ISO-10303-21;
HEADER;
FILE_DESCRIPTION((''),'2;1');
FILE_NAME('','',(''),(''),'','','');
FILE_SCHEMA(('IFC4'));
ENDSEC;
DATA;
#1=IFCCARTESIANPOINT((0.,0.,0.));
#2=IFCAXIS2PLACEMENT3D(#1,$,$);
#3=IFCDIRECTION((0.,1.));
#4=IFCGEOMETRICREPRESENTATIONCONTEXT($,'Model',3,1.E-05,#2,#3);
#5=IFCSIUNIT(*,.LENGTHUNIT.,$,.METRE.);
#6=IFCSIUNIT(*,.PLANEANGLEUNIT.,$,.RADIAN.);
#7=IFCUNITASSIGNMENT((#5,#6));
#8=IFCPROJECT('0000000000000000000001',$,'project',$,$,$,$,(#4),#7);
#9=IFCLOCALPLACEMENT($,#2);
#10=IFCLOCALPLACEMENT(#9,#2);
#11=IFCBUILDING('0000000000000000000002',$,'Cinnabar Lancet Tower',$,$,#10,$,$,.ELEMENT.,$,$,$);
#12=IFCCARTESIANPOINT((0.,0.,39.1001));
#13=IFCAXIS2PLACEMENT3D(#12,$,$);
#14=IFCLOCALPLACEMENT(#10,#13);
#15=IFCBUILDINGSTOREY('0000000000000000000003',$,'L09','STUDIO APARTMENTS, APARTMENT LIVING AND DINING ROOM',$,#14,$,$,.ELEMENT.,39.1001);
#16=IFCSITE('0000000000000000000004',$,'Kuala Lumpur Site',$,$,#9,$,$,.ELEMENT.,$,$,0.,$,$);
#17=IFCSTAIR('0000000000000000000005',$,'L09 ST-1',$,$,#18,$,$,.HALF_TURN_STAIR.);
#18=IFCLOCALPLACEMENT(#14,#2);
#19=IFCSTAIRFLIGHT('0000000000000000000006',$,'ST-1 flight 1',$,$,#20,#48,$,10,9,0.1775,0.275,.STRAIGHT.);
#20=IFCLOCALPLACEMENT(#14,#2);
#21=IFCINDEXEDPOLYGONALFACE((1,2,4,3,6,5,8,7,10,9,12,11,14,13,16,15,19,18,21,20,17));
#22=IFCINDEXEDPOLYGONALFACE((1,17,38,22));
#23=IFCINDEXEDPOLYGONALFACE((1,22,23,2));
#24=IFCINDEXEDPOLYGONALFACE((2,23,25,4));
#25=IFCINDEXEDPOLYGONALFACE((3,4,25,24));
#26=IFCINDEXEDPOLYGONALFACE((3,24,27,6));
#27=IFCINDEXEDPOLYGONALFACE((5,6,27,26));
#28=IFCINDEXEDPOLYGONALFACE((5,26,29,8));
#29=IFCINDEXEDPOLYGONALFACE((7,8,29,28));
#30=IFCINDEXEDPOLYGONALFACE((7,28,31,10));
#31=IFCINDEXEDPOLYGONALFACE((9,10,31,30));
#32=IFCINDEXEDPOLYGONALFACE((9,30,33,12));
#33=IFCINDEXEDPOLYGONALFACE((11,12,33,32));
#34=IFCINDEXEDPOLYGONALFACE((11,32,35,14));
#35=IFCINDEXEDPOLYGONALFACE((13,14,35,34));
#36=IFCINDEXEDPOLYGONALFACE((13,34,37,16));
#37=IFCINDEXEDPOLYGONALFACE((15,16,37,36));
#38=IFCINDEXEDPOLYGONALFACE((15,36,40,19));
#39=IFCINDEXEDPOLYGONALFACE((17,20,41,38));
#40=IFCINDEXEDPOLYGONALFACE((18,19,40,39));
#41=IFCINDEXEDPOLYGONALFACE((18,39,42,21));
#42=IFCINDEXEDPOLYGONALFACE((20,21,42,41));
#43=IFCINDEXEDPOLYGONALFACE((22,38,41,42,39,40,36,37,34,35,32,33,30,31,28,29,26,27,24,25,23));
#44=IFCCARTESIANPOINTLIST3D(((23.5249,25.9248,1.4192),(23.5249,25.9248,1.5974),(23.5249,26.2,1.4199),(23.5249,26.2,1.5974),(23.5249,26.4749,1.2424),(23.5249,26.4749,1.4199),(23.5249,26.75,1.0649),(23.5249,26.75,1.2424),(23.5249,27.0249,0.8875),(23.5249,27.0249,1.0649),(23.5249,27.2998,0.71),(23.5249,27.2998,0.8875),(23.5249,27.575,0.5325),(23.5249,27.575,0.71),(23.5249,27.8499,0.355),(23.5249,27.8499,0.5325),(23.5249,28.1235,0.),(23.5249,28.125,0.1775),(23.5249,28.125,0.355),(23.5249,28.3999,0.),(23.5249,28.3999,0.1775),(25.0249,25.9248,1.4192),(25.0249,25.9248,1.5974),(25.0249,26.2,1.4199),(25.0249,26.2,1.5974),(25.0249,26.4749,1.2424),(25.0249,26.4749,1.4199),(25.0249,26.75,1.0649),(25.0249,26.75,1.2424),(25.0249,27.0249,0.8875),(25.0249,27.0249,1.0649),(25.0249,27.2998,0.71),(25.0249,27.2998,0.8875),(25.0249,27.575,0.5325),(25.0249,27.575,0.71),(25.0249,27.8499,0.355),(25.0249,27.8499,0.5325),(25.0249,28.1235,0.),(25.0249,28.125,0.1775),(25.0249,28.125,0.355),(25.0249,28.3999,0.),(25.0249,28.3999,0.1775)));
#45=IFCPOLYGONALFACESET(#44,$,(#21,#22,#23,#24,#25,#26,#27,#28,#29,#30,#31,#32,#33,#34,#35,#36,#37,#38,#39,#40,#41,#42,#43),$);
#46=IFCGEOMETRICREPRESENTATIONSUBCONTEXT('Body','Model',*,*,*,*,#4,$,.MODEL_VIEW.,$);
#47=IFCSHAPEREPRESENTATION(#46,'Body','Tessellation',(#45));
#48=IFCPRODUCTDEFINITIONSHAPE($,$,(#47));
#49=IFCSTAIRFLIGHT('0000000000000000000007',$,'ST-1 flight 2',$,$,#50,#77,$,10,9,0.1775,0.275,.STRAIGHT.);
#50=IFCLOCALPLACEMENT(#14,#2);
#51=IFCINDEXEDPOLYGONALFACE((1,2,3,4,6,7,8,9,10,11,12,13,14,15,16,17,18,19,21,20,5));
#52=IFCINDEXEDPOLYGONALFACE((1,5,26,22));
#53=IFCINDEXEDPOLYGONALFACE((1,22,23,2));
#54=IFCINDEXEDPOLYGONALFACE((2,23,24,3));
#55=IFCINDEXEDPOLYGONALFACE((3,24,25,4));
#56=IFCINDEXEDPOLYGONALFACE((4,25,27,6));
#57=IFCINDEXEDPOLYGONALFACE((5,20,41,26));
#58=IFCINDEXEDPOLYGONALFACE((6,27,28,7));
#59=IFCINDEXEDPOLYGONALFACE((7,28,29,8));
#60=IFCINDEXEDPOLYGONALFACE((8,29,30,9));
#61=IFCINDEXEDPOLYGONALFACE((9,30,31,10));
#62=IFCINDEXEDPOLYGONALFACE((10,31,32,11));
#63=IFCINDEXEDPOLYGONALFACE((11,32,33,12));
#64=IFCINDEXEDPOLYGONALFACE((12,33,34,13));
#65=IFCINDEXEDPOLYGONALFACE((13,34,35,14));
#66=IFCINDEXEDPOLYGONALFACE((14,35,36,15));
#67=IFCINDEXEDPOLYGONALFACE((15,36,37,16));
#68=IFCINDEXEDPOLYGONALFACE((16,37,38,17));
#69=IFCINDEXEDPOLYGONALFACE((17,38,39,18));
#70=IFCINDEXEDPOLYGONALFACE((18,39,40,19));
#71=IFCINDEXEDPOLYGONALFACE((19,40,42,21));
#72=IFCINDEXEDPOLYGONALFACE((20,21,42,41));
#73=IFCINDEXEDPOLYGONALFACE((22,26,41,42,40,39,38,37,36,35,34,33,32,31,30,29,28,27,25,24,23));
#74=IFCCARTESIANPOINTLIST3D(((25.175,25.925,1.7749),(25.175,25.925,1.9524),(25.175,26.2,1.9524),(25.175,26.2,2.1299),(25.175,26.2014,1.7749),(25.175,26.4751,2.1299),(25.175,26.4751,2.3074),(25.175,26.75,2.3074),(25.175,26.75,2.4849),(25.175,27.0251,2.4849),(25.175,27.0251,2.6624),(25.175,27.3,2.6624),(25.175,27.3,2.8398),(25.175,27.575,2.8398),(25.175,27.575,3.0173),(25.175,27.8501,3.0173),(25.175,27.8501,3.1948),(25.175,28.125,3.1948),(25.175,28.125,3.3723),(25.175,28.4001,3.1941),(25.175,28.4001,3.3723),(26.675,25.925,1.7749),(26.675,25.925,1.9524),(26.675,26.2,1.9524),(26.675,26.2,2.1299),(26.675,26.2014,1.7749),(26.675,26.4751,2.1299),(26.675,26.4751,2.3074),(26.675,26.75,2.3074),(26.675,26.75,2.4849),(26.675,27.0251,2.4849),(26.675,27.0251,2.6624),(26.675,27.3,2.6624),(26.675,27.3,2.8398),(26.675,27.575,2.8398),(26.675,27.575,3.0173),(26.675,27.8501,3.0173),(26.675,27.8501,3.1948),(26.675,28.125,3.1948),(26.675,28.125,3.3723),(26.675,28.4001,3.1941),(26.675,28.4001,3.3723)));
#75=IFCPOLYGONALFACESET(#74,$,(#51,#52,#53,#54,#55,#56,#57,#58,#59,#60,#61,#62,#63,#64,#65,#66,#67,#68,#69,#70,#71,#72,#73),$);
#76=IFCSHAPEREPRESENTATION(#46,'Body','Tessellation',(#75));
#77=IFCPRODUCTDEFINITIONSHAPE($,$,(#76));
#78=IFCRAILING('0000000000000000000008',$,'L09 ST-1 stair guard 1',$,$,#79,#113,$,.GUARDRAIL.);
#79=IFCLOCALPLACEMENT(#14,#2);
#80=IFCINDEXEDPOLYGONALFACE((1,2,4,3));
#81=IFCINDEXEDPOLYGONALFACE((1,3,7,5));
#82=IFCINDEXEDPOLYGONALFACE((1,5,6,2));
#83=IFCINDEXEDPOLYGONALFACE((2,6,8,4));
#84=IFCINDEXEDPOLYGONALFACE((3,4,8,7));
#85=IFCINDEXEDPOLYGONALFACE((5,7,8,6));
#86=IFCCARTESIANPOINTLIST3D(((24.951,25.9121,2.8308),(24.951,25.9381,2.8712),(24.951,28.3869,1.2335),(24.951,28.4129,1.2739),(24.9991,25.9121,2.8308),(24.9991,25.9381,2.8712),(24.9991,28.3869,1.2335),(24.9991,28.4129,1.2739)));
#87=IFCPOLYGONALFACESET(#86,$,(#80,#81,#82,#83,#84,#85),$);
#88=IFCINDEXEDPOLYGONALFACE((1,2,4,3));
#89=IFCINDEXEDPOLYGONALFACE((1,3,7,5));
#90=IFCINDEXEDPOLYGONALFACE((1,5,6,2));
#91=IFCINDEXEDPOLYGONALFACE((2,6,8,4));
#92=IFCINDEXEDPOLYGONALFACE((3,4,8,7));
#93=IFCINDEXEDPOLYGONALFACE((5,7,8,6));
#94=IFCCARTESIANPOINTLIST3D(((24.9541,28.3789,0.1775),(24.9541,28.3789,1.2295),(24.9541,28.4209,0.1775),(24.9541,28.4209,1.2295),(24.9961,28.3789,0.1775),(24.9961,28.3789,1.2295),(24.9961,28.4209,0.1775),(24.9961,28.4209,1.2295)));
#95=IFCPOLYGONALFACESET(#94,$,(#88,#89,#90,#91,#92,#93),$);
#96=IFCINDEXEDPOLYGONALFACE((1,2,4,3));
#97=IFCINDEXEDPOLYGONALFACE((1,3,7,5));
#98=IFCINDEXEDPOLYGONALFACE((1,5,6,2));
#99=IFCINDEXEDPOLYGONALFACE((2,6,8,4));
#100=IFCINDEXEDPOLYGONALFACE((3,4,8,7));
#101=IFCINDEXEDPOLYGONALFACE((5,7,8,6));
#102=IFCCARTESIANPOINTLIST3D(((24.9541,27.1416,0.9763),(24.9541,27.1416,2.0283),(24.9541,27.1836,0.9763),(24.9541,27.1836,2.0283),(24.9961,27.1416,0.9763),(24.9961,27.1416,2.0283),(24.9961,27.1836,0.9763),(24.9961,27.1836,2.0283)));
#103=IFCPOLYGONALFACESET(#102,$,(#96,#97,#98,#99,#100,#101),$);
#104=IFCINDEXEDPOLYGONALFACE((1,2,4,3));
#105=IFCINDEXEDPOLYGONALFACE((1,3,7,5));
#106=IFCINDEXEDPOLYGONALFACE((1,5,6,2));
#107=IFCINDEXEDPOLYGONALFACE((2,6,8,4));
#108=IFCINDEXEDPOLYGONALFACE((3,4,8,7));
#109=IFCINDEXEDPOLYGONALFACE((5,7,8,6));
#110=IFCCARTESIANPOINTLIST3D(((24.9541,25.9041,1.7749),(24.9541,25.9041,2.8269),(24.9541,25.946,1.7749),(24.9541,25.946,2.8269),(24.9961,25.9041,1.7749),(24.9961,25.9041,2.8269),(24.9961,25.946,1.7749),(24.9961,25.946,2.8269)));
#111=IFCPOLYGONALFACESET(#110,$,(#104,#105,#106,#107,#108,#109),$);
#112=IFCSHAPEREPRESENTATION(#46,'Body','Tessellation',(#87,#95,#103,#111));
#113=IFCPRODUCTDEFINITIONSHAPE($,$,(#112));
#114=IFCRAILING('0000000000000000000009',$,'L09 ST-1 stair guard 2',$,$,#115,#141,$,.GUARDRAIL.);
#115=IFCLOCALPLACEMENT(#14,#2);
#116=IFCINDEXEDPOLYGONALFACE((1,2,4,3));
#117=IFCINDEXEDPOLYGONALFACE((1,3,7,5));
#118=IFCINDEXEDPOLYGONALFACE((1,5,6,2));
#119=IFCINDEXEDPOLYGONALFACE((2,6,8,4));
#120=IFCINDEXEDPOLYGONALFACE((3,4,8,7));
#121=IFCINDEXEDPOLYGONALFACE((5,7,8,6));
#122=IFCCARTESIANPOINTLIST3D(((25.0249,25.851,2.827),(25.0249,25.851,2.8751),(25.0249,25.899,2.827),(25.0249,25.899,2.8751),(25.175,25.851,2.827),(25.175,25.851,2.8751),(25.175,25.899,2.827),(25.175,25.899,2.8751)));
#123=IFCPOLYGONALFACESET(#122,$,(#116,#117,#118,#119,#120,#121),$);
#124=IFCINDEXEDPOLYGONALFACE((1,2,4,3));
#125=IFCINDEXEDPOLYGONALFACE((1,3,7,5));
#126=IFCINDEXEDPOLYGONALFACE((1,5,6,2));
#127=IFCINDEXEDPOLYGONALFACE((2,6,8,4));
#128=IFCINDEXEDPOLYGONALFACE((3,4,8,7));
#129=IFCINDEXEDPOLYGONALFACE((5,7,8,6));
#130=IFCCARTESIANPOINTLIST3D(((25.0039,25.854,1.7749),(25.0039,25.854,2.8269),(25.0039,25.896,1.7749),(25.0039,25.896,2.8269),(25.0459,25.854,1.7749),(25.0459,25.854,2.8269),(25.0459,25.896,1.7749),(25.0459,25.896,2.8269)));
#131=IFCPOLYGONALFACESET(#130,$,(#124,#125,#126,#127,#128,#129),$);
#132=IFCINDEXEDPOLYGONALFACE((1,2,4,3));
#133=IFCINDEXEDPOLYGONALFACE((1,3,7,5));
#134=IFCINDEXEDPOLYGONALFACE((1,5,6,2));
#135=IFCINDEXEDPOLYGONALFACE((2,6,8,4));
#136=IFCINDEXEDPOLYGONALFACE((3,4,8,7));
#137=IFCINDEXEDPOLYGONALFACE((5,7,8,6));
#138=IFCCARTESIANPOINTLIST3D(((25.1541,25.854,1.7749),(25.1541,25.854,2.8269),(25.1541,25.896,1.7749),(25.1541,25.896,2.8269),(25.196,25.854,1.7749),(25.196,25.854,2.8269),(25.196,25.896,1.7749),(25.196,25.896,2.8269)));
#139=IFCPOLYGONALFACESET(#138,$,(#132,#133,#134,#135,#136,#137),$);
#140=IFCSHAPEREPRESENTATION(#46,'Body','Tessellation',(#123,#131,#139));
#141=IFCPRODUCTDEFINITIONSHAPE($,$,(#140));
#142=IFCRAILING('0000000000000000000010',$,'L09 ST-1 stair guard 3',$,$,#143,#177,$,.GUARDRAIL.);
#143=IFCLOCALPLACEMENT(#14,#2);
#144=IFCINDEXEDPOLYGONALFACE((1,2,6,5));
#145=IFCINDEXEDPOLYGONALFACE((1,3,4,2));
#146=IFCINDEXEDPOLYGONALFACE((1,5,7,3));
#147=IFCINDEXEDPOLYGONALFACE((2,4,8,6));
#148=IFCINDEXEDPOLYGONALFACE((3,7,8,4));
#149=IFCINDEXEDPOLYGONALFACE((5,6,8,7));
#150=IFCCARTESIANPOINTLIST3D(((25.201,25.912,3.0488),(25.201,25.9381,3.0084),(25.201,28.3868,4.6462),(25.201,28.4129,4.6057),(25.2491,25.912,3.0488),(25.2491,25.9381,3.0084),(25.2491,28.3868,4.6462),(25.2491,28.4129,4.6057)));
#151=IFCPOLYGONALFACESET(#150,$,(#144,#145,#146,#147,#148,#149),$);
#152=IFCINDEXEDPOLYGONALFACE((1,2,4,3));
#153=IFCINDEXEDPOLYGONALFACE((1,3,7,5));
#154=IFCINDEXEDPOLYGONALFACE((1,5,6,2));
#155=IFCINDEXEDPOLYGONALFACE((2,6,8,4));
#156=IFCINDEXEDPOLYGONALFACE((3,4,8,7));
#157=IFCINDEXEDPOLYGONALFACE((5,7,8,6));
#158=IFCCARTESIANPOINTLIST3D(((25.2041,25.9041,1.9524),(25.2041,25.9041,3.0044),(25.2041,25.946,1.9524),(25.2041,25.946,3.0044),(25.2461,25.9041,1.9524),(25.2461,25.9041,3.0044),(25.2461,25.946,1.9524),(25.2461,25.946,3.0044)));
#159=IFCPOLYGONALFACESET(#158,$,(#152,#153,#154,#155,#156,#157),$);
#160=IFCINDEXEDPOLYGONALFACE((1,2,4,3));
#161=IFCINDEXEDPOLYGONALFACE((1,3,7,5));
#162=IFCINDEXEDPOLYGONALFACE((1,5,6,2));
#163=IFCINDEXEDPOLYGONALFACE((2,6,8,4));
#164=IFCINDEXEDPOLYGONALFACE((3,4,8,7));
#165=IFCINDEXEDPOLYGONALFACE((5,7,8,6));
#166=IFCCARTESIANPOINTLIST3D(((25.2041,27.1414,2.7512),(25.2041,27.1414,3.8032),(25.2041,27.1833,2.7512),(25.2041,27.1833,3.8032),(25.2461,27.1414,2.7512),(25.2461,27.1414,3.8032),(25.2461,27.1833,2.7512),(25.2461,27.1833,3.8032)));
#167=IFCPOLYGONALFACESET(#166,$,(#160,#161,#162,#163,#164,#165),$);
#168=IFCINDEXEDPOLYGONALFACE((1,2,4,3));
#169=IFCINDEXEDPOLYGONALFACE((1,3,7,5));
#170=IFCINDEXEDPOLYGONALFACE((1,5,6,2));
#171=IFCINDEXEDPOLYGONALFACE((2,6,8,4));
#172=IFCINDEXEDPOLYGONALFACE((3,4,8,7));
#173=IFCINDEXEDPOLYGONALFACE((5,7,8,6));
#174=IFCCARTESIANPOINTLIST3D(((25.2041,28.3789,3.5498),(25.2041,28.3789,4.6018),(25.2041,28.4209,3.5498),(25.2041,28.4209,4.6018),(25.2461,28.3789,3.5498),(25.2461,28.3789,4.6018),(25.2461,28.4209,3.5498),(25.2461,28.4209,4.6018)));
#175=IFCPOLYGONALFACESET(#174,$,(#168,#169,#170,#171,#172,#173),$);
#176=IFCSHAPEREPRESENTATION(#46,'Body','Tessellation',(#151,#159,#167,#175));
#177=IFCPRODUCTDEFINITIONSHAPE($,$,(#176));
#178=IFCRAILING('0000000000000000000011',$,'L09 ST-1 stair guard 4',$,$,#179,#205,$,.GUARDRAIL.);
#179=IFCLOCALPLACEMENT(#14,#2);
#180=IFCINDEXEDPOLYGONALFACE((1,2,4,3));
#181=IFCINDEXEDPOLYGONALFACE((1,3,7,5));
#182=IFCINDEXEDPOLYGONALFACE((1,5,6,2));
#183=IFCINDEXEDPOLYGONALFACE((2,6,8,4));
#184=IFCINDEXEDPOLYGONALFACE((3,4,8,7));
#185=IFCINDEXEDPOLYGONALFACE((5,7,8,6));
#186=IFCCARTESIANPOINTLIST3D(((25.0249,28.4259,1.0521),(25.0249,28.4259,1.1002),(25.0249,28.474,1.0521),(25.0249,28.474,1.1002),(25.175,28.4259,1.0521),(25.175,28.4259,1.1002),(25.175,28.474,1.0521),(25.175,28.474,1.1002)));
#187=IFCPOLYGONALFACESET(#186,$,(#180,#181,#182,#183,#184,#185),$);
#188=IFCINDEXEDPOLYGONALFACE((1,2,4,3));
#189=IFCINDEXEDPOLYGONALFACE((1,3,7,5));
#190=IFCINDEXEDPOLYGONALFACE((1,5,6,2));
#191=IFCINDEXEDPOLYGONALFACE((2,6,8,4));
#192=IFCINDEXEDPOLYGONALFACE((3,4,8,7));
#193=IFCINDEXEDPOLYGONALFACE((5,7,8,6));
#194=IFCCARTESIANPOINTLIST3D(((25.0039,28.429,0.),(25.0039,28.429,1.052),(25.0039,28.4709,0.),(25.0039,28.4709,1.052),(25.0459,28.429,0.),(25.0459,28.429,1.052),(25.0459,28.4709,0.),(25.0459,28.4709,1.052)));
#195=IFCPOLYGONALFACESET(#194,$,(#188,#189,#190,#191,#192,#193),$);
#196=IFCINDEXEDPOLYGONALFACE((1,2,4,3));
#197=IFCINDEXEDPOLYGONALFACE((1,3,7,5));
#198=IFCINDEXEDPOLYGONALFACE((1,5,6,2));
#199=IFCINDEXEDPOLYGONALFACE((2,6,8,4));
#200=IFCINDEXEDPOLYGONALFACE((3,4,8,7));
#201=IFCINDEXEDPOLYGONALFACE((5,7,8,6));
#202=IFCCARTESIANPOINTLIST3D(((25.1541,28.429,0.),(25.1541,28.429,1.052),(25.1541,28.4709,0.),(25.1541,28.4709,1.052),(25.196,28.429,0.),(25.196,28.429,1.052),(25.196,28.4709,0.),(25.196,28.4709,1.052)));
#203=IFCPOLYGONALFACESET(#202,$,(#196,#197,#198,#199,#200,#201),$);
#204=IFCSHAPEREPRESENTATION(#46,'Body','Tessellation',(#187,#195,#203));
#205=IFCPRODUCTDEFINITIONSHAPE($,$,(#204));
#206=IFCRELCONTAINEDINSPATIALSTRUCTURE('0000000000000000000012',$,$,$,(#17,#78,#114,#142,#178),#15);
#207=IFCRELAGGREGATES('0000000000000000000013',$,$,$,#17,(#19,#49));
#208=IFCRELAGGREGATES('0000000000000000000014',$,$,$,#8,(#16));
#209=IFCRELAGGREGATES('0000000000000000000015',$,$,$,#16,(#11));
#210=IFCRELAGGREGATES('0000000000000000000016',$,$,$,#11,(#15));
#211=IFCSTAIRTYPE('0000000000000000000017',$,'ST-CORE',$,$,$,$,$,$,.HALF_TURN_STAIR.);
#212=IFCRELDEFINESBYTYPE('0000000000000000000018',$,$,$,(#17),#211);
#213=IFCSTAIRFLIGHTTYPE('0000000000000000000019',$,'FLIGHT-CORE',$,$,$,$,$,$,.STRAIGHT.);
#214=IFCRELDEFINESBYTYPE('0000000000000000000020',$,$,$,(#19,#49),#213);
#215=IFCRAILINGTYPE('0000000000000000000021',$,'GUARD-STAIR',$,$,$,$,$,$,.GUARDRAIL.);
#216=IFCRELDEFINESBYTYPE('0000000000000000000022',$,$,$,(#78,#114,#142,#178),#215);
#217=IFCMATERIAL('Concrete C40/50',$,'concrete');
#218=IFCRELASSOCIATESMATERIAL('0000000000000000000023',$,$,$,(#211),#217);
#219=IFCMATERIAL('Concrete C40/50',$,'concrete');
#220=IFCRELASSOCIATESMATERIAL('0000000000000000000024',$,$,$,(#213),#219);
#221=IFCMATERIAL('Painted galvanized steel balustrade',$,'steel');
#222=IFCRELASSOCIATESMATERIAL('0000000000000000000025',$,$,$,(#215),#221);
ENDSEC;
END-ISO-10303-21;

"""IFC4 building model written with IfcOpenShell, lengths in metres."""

from ifc_helpers import new_model, si_unit, direction, frame, origin, origin_2d, place, context, subcontext, project, spatial, polyline, rectangle, outline, extrude, material, type_object, element, aggregate, save


model = new_model("IFC4")

# Units and contexts
model_context = context("Model", 3, precision=1e-05, world=origin(), true_north=direction((0.0, 1.0)))
body_context = subcontext(model_context, "Body", "Model", "MODEL_VIEW")
ifc_project = project(units=[si_unit("LENGTHUNIT", "METRE"), si_unit("PLANEANGLEUNIT", "RADIAN")], contexts=[model_context])

# Site, building, storey
site_placement = place(None, origin())
site = spatial("IfcSite", under=ifc_project, at=site_placement, Name="Kuala Lumpur Site", CompositionType="ELEMENT", RefElevation=0.0)
building_placement = place(site_placement, origin())
building = spatial("IfcBuilding", under=site, at=building_placement, Name="Cinnabar Lancet Tower", CompositionType="ELEMENT")
storey_placement = place(building_placement, frame((0.0, 0.0, 39.1001)))
storey = spatial("IfcBuildingStorey", under=building, at=storey_placement, Name="L09", Description="STUDIO APARTMENTS, APARTMENT LIVING AND DINING ROOM", CompositionType="ELEMENT", Elevation=39.1001)

# Stair, stair flights
ifc_material_1 = material(Name="Concrete C40/50", Category="concrete")
stair_type = type_object("IfcStairType", Name="ST-CORE", PredefinedType="HALF_TURN_STAIR", material=ifc_material_1)
stair_placement = place(storey_placement, origin())
stair = element("IfcStair", 1, at=stair_placement, inside=storey, type_object=stair_type, Name="L09 ST-1", PredefinedType="HALF_TURN_STAIR")
ifc_material_2 = material(Name="Concrete C40/50", Category="concrete")
stair_flight_type = type_object("IfcStairFlightType", Name="FLIGHT-CORE", PredefinedType="STRAIGHT", material=ifc_material_2)
stair_flight_1_placement = place(storey_placement, frame((24.2749, 28.3999, 0.0), z_axis=(0.0, 0.0, 1.0), x_axis=(0.0, -1.0, 0.0)))
stair_flight_1 = element("IfcStairFlight", 2, at=stair_flight_1_placement, type_object=stair_flight_type, Name="ST-1 flight 1", NumberOfRisers=10, NumberOfTreads=9, PredefinedType="STRAIGHT", RiserHeight=0.1775, TreadLength=0.275, context=body_context, shape_type="SweptSolid", body=[
    extrude(outline(polyline([(0.0, 0.0), (0.0, 0.1775), (0.2749, 0.1775), (0.2749, 0.355), (0.55, 0.355), (0.55, 0.5325), (0.825, 0.5325), (0.825, 0.71), (1.1001, 0.71), (1.1001, 0.8875), (1.375, 0.8875), (1.375, 1.0649), (1.6499, 1.0649), (1.6499, 1.2424), (1.925, 1.2424), (1.925, 1.4199), (2.2, 1.4199), (2.2, 1.5974), (2.4751, 1.5974), (2.4751, 1.7749), (2.4751, 1.4192), (0.2764, 0.0), (0.0, 0.0)])), frame((0.0, 0.75, 0.0), z_axis=(0.0, -1.0, 0.0), x_axis=(1.0, 0.0, 0.0)), (0.0, 0.0, 1.0), 1.5),
])
stair_flight_2_placement = place(storey_placement, frame((25.925, 25.925, 1.7749), z_axis=(0.0, 0.0, 1.0), x_axis=(0.0, 1.0, 0.0)))
stair_flight_2 = element("IfcStairFlight", 3, at=stair_flight_2_placement, type_object=stair_flight_type, Name="ST-1 flight 2", NumberOfRisers=10, NumberOfTreads=9, PredefinedType="STRAIGHT", RiserHeight=0.1775, TreadLength=0.275, context=body_context, shape_type="SweptSolid", body=[
    extrude(outline(polyline([(0.0, 0.0), (0.0, 0.1775), (0.2749, 0.1775), (0.2749, 0.355), (0.55, 0.355), (0.55, 0.5325), (0.825, 0.5325), (0.825, 0.71), (1.1001, 0.71), (1.1001, 0.8875), (1.375, 0.8875), (1.375, 1.0649), (1.6499, 1.0649), (1.6499, 1.2424), (1.925, 1.2424), (1.925, 1.4199), (2.2, 1.4199), (2.2, 1.5974), (2.4751, 1.5974), (2.4751, 1.7749), (2.4751, 1.4192), (0.2764, 0.0), (0.0, 0.0)])), frame((0.0, 0.75, 0.0), z_axis=(0.0, -1.0, 0.0), x_axis=(1.0, 0.0, 0.0)), (0.0, 0.0, 1.0), 1.5),
])
aggregate(stair, [stair_flight_1, stair_flight_2])

# Railings
ifc_material_3 = material(Name="Painted galvanized steel balustrade", Category="steel")
railing_type_1 = type_object("IfcRailingType", Name="GUARD-STAIR", PredefinedType="GUARDRAIL", material=ifc_material_3)
railing_1_placement = place(storey_placement, frame((24.9751, 28.3999, 0.1775)))
element("IfcRailing", 4, at=railing_1_placement, inside=storey, type_object=railing_type_1, Name="L09 ST-1 stair guard 1", PredefinedType="GUARDRAIL", context=body_context, shape_type="SweptSolid", body=[
    extrude(rectangle(XDim=0.0481, YDim=0.0481, at=origin_2d()), frame((0.0, 0.0, 1.0762), z_axis=(0.0, -0.840183, 0.542302), x_axis=(1.0, 0.0, 0.0)), (0.0, 0.0, 1.0), 2.9456),
    extrude(rectangle(XDim=0.042, YDim=0.042, at=origin_2d()), origin(), (0.0, 0.0, 1.0), 1.052),
    extrude(rectangle(XDim=0.042, YDim=0.042, at=origin_2d()), frame((0.0, -1.2373, 0.7988)), (0.0, 0.0, 1.0), 1.052),
    extrude(rectangle(XDim=0.042, YDim=0.042, at=origin_2d()), frame((0.0, -2.4749, 1.5974)), (0.0, 0.0, 1.0), 1.052),
])
railing_2_placement = place(storey_placement, frame((25.0249, 25.875, 1.7749)))
element("IfcRailing", 5, at=railing_2_placement, inside=storey, type_object=railing_type_1, Name="L09 ST-1 stair guard 2", PredefinedType="GUARDRAIL", context=body_context, shape_type="SweptSolid", body=[
    extrude(rectangle(XDim=0.0481, YDim=0.0481, at=origin_2d()), frame((0.0, 0.0, 1.0762), z_axis=(1.0, 0.0, 0.0), x_axis=(0.0, 1.0, 0.0)), (0.0, 0.0, 1.0), 0.1501),
    extrude(rectangle(XDim=0.042, YDim=0.042, at=origin_2d()), origin(), (0.0, 0.0, 1.0), 1.052),
    extrude(rectangle(XDim=0.042, YDim=0.042, at=origin_2d()), frame((0.1501, 0.0, 0.0)), (0.0, 0.0, 1.0), 1.052),
])
railing_3_placement = place(storey_placement, frame((25.2251, 25.925, 1.9524)))
element("IfcRailing", 6, at=railing_3_placement, inside=storey, type_object=railing_type_1, Name="L09 ST-1 stair guard 3", PredefinedType="GUARDRAIL", context=body_context, shape_type="SweptSolid", body=[
    extrude(rectangle(XDim=0.0481, YDim=0.0481, at=origin_2d()), frame((0.0, 0.0, 1.0762), z_axis=(0.0, 0.840183, 0.542302), x_axis=(-1.0, 0.0, 0.0)), (0.0, 0.0, 1.0), 2.9456),
    extrude(rectangle(XDim=0.042, YDim=0.042, at=origin_2d()), origin(), (0.0, 0.0, 1.0), 1.052),
    extrude(rectangle(XDim=0.042, YDim=0.042, at=origin_2d()), frame((0.0, 1.2373, 0.7988)), (0.0, 0.0, 1.0), 1.052),
    extrude(rectangle(XDim=0.042, YDim=0.042, at=origin_2d()), frame((0.0, 2.4749, 1.5974)), (0.0, 0.0, 1.0), 1.052),
])
railing_4_placement = place(storey_placement, frame((25.0249, 28.45, 0.0)))
element("IfcRailing", 7, at=railing_4_placement, inside=storey, type_object=railing_type_1, Name="L09 ST-1 stair guard 4", PredefinedType="GUARDRAIL", context=body_context, shape_type="SweptSolid", body=[
    extrude(rectangle(XDim=0.0481, YDim=0.0481, at=origin_2d()), frame((0.0, 0.0, 1.0762), z_axis=(1.0, 0.0, 0.0), x_axis=(0.0, 1.0, 0.0)), (0.0, 0.0, 1.0), 0.1501),
    extrude(rectangle(XDim=0.042, YDim=0.042, at=origin_2d()), origin(), (0.0, 0.0, 1.0), 1.052),
    extrude(rectangle(XDim=0.042, YDim=0.042, at=origin_2d()), frame((0.1501, 0.0, 0.0)), (0.0, 0.0, 1.0), 1.052),
])

save(model, "model.ifc")
